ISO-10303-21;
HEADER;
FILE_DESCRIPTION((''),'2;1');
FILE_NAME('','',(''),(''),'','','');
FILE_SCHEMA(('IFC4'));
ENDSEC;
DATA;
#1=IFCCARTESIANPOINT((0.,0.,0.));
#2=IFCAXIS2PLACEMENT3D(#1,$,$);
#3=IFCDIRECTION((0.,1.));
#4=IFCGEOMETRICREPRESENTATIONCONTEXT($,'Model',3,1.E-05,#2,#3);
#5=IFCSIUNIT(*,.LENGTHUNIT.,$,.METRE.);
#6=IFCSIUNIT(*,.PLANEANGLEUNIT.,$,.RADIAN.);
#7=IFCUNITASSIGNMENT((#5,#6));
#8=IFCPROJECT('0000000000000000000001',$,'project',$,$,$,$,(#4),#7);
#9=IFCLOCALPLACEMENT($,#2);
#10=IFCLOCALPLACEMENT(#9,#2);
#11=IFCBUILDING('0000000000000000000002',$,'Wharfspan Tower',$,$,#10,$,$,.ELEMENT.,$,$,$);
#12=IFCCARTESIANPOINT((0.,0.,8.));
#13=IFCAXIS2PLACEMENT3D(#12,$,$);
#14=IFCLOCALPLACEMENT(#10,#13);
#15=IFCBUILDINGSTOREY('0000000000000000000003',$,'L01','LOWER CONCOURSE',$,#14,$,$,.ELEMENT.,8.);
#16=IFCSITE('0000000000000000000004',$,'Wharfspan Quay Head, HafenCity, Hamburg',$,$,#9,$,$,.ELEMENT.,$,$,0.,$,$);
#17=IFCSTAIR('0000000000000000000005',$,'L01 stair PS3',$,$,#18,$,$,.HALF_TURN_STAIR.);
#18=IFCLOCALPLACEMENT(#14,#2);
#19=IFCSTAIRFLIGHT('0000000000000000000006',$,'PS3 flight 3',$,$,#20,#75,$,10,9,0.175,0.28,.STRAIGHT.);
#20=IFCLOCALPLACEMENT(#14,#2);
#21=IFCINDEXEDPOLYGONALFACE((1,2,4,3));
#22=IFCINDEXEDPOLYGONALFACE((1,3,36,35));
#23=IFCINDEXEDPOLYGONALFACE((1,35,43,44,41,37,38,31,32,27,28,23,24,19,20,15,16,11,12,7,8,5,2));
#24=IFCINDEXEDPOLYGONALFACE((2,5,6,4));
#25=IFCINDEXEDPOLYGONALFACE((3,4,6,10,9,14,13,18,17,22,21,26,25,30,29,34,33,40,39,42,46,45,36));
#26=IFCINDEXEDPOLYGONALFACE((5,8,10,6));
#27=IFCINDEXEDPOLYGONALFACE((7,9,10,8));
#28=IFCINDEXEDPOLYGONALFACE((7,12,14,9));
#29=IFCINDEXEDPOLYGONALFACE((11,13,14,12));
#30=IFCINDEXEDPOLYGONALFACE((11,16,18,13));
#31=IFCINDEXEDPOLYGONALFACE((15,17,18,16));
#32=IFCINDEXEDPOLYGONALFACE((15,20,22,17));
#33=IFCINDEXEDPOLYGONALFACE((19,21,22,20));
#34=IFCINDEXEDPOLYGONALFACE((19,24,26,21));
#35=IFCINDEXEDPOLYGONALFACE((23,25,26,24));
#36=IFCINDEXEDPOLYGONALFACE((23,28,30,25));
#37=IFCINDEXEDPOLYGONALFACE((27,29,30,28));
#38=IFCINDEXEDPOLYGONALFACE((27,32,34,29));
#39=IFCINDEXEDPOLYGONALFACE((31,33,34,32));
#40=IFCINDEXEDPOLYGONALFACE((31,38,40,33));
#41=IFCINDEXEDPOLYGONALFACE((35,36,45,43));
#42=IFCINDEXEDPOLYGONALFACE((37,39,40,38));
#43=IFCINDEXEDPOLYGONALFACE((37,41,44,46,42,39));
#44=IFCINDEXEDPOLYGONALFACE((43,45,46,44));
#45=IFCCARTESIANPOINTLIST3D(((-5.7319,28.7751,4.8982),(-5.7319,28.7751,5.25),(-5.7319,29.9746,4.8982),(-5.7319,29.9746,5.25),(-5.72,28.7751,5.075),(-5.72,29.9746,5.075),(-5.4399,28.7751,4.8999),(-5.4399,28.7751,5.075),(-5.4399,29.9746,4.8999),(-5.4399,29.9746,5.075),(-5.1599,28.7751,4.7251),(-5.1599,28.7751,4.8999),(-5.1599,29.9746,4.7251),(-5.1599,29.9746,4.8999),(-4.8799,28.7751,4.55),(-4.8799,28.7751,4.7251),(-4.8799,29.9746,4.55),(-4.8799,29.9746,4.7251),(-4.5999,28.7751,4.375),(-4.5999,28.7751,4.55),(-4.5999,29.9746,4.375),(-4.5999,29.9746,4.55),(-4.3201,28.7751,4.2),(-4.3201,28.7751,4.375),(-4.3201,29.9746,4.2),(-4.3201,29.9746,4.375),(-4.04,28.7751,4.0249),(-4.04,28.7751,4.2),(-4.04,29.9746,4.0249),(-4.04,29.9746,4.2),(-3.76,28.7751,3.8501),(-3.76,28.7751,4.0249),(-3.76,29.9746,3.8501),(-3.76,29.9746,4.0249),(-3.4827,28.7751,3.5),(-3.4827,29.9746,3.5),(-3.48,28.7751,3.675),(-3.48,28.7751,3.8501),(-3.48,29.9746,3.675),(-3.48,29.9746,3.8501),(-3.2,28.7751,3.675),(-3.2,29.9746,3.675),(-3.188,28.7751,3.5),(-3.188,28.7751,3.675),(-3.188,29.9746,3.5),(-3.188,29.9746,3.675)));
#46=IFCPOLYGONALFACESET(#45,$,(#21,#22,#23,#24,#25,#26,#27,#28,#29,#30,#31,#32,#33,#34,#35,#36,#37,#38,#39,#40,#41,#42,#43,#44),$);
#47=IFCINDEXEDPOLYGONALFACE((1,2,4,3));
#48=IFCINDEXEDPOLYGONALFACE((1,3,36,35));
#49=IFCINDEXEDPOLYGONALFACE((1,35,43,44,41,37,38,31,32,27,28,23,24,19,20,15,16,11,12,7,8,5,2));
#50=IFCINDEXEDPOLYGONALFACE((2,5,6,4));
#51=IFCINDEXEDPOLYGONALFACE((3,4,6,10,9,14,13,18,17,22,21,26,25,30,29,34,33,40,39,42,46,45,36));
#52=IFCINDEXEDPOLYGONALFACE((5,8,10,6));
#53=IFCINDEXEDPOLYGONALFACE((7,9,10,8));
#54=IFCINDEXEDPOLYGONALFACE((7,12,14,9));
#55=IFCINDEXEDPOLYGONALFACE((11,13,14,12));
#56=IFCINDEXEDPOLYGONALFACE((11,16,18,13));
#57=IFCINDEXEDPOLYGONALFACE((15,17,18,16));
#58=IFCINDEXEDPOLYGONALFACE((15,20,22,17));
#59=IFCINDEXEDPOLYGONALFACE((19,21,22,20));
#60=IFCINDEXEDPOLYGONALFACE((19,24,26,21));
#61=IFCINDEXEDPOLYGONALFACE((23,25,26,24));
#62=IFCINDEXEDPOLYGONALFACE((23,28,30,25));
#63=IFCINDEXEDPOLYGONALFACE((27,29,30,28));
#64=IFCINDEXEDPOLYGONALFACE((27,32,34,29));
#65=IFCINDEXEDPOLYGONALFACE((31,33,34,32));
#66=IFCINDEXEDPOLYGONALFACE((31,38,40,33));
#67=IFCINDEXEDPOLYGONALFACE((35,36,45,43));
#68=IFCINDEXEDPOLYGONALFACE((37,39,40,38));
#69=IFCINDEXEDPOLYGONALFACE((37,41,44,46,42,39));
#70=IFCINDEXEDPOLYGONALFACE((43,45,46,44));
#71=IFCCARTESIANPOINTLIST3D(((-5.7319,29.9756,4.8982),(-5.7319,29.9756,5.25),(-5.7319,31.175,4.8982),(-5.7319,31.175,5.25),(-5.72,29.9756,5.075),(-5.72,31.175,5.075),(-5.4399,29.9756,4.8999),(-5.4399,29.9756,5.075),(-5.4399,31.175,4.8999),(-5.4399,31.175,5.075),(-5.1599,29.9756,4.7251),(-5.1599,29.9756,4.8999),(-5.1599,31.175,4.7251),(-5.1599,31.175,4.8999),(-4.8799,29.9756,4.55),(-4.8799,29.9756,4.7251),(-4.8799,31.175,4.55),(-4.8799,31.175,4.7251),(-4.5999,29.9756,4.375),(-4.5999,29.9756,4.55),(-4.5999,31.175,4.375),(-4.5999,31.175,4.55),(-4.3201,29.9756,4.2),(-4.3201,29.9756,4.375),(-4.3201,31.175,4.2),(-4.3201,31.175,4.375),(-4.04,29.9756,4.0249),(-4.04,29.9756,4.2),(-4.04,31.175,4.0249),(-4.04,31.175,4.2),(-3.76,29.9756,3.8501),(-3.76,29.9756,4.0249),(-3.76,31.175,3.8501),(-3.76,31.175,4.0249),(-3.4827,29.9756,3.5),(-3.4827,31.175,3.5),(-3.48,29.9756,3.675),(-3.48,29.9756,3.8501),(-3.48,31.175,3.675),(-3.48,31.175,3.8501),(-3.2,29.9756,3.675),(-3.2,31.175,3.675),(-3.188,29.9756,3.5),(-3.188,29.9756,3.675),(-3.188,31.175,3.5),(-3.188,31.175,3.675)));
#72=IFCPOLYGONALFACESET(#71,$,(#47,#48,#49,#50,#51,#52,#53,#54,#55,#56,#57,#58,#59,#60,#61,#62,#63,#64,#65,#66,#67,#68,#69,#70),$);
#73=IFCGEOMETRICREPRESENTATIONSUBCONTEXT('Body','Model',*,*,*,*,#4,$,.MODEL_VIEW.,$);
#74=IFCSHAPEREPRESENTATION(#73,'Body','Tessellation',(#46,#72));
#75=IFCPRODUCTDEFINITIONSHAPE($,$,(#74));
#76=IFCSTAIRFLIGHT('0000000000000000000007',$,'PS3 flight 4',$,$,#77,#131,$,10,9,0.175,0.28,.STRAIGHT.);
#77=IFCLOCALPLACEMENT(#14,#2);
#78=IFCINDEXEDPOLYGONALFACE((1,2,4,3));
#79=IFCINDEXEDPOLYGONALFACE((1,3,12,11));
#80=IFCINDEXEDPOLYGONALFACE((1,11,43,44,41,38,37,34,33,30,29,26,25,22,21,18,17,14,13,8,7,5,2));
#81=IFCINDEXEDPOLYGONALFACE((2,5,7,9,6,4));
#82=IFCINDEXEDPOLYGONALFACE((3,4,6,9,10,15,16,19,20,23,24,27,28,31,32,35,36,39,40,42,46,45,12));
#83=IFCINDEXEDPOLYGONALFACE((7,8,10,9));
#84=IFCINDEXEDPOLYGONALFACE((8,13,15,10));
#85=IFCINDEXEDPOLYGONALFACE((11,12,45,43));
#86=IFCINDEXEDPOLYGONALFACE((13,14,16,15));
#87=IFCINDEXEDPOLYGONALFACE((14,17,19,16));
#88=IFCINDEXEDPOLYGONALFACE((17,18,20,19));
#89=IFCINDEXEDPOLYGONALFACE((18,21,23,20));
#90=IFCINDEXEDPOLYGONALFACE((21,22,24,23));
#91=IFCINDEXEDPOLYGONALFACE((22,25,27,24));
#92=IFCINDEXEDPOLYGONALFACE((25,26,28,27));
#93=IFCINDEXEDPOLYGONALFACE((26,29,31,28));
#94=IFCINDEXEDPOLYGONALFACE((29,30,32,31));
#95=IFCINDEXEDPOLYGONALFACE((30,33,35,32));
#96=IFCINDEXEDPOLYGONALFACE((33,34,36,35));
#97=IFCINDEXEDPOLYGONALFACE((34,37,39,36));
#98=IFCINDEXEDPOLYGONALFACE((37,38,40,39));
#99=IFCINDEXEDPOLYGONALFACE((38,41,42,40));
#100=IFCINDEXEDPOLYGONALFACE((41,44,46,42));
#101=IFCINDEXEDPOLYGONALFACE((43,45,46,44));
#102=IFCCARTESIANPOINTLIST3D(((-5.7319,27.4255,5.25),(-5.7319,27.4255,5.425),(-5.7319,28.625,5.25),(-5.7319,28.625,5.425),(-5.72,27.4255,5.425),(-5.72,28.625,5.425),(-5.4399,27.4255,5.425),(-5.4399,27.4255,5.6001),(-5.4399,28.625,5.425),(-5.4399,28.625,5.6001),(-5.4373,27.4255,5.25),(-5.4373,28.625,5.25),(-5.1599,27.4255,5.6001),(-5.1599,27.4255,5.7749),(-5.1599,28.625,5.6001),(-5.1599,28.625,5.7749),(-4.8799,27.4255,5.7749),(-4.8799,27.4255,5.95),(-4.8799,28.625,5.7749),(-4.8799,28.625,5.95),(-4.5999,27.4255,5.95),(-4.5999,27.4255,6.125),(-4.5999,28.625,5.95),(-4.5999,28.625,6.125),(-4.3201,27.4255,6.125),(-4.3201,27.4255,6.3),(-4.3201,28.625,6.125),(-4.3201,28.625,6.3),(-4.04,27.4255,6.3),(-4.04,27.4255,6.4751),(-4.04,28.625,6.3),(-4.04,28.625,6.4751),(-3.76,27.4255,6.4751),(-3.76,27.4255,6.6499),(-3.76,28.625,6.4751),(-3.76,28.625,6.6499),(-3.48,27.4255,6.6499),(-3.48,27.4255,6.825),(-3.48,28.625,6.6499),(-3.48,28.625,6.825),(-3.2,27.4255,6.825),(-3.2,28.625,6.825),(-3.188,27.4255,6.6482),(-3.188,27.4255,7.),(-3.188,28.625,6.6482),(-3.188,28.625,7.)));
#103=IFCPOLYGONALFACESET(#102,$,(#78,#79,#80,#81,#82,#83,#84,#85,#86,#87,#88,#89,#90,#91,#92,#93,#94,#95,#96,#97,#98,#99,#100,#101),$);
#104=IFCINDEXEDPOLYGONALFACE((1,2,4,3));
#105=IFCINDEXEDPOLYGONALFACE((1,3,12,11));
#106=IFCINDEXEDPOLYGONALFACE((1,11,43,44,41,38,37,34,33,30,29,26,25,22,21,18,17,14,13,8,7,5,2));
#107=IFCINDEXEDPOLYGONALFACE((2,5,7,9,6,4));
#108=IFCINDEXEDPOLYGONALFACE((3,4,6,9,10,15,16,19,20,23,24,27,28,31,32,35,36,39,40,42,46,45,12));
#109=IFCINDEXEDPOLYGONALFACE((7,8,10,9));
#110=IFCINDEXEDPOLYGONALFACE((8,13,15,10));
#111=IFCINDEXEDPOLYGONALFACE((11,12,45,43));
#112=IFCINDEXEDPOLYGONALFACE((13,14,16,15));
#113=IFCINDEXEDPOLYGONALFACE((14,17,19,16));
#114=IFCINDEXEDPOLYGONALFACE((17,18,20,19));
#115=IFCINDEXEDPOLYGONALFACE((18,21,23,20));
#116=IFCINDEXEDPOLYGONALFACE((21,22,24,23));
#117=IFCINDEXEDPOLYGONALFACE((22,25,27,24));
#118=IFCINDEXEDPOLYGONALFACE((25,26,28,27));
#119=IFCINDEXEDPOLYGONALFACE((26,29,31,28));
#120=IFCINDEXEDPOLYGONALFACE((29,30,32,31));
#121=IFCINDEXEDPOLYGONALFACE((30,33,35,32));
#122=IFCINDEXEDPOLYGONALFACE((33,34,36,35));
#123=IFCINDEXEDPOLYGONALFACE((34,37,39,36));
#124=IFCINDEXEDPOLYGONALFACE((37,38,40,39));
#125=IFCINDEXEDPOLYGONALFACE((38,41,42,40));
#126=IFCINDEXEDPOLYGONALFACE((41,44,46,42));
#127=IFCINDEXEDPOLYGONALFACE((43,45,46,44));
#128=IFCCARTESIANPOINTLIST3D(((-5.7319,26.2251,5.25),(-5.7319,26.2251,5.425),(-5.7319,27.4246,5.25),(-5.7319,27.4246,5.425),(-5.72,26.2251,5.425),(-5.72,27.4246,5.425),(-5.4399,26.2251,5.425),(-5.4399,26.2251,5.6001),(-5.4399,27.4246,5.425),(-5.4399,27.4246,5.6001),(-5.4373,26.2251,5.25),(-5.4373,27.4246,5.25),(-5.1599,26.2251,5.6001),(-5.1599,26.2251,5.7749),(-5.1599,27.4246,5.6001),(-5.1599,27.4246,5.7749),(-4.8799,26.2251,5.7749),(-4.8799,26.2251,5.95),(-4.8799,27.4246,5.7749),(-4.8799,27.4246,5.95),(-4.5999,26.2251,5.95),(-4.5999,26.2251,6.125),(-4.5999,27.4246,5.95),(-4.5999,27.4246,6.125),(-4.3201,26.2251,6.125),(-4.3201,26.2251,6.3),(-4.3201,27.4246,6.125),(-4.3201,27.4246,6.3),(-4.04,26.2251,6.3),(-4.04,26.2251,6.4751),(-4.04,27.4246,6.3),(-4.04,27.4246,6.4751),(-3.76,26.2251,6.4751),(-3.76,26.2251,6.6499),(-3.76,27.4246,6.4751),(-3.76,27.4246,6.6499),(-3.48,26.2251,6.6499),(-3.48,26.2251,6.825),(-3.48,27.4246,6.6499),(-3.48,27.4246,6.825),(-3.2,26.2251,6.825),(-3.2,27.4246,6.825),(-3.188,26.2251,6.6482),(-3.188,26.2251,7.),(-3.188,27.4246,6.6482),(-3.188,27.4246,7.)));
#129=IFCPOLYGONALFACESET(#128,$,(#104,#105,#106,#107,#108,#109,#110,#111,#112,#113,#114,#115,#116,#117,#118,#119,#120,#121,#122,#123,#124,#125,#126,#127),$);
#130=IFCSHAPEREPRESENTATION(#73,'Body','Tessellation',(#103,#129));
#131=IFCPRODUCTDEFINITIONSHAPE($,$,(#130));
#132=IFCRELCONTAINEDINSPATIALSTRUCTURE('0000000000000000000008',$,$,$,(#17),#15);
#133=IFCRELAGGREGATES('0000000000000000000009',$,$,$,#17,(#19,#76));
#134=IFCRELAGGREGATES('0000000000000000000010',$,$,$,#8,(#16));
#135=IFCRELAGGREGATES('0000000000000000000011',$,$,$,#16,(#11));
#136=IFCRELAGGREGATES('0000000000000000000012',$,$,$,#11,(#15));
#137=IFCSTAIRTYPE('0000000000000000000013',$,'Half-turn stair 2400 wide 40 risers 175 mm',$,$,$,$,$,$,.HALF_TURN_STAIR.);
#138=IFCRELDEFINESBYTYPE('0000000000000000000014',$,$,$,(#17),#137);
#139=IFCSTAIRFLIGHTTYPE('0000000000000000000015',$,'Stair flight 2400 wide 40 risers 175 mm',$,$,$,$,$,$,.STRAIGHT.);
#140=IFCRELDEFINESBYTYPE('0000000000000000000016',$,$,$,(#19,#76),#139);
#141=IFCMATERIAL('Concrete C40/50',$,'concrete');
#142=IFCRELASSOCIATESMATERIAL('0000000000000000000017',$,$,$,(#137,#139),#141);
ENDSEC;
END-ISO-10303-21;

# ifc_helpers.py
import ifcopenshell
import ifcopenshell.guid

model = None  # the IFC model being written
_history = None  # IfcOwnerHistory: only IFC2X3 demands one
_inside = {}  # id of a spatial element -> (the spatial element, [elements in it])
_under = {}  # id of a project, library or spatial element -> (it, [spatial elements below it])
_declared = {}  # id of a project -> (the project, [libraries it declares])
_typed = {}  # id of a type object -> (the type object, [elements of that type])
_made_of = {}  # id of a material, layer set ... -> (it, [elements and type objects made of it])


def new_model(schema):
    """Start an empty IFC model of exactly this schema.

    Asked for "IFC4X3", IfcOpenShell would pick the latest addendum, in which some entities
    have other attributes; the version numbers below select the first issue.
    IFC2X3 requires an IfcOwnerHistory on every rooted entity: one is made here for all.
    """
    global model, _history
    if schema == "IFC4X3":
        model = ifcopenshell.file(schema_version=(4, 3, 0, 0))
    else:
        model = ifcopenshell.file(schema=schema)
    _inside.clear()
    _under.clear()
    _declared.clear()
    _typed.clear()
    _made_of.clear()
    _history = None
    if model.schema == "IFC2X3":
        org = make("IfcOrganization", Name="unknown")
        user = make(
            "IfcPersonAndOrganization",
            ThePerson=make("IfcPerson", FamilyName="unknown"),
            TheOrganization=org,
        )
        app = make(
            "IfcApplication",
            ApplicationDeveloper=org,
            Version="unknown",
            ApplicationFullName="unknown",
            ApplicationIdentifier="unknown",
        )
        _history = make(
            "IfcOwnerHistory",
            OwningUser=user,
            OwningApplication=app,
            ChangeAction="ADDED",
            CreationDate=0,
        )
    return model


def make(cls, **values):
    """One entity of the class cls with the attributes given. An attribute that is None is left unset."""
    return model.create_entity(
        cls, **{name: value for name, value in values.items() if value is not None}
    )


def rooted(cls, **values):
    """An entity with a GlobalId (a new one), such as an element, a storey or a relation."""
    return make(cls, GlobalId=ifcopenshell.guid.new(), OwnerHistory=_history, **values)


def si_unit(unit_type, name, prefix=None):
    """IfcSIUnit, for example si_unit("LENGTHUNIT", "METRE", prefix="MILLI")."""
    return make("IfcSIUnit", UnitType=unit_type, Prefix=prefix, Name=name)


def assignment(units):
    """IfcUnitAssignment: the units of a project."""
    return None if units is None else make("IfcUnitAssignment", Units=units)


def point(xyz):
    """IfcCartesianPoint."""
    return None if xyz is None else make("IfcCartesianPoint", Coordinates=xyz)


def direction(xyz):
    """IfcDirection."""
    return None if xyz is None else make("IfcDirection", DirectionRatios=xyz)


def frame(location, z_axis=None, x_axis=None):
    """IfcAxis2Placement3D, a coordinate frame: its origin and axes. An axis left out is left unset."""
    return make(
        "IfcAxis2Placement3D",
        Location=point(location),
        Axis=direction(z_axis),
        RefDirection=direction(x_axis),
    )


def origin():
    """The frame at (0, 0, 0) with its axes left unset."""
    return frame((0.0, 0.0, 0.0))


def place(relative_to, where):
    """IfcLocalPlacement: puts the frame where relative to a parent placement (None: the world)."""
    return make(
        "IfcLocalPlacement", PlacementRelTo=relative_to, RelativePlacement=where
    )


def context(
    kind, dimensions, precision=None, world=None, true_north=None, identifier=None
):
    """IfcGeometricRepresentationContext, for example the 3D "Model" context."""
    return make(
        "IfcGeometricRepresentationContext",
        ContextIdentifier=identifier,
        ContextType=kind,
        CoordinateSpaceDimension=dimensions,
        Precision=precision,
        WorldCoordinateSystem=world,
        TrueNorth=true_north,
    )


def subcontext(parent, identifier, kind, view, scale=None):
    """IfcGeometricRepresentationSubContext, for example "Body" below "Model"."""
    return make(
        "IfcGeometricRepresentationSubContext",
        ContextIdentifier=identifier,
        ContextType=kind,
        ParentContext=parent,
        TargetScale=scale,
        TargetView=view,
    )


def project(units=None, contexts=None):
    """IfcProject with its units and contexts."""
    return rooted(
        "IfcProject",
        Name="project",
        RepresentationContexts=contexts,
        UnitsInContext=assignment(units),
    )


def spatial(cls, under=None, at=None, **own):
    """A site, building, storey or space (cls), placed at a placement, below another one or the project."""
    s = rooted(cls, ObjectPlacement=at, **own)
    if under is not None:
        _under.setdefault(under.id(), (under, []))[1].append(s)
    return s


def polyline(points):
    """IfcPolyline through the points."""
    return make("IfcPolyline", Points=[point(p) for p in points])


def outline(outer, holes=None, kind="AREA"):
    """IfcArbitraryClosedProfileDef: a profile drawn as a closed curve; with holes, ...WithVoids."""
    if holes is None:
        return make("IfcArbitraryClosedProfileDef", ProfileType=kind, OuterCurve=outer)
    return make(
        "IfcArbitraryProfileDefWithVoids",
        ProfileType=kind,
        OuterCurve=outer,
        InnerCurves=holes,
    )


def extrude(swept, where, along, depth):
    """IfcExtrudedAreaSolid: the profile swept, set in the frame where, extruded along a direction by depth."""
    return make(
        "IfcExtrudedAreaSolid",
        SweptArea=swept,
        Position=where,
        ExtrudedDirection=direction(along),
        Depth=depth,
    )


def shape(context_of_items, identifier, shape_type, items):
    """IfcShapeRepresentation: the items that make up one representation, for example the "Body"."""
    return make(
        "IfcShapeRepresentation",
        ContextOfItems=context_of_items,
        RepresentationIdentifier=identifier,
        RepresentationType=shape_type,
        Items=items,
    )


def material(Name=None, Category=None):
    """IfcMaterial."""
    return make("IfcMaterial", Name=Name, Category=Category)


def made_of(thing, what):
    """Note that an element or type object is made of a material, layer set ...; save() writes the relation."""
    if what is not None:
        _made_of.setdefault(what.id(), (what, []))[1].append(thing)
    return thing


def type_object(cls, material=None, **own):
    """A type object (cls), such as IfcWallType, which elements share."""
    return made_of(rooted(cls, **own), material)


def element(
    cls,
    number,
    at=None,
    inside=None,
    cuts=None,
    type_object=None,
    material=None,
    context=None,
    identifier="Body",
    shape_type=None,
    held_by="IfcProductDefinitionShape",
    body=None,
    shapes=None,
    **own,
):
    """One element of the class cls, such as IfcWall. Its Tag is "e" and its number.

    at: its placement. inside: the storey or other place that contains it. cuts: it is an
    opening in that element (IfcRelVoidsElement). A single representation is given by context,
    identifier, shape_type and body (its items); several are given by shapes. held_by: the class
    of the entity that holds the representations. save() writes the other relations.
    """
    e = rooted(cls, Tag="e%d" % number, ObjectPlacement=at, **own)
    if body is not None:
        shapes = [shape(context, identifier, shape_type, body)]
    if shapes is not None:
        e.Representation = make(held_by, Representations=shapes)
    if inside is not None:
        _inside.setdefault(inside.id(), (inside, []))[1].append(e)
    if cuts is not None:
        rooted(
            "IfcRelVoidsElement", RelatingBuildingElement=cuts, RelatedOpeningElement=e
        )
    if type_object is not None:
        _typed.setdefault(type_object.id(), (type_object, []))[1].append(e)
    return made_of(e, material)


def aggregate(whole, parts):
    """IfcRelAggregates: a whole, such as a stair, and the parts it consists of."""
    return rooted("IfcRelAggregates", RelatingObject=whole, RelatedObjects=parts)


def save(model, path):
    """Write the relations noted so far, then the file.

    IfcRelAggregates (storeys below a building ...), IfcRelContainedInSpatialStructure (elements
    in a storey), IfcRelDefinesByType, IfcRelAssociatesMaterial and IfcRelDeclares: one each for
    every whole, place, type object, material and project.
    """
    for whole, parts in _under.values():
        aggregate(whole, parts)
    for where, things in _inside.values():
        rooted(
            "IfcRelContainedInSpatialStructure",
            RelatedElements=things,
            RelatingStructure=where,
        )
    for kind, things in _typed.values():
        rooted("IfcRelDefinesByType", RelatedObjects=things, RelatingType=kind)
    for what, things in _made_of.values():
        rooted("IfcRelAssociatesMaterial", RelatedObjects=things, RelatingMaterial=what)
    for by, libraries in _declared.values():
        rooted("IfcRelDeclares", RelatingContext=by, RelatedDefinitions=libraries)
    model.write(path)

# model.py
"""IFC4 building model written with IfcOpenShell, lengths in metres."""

from ifc_helpers import new_model, si_unit, direction, frame, origin, place, context, subcontext, project, spatial, polyline, outline, extrude, material, type_object, element, aggregate, save


model = new_model("IFC4")

# Units and contexts
model_context = context("Model", 3, precision=1e-05, world=origin(), true_north=direction((0.0, 1.0)))
body_context = subcontext(model_context, "Body", "Model", "MODEL_VIEW")
ifc_project = project(units=[si_unit("LENGTHUNIT", "METRE"), si_unit("PLANEANGLEUNIT", "RADIAN")], contexts=[model_context])

# Site, building, storey
site_placement = place(None, origin())
site = spatial("IfcSite", under=ifc_project, at=site_placement, Name="Wharfspan Quay Head, HafenCity, Hamburg", CompositionType="ELEMENT", RefElevation=0.0)
building_placement = place(site_placement, origin())
building = spatial("IfcBuilding", under=site, at=building_placement, Name="Wharfspan Tower", CompositionType="ELEMENT")
storey_placement = place(building_placement, frame((0.0, 0.0, 8.0)))
storey = spatial("IfcBuildingStorey", under=building, at=storey_placement, Name="L01", Description="LOWER CONCOURSE", CompositionType="ELEMENT", Elevation=8.0)

# Shared definitions
ifc_material_1 = material(Name="Concrete C40/50", Category="concrete")

# Stair, stair flights
stair_type = type_object("IfcStairType", Name="Half-turn stair 2400 wide 40 risers 175 mm", PredefinedType="HALF_TURN_STAIR", material=ifc_material_1)
stair_placement = place(storey_placement, origin())
stair = element("IfcStair", 1, at=stair_placement, inside=storey, type_object=stair_type, Name="L01 stair PS3", PredefinedType="HALF_TURN_STAIR")
stair_flight_type = type_object("IfcStairFlightType", Name="Stair flight 2400 wide 40 risers 175 mm", PredefinedType="STRAIGHT", material=ifc_material_1)
stair_flight_1_placement = place(storey_placement, frame((-3.2, 29.9751, 3.5), z_axis=(0.0, 0.0, 1.0), x_axis=(-1.0, 0.0, 0.0)))
stair_flight_1 = element("IfcStairFlight", 2, at=stair_flight_1_placement, type_object=stair_flight_type, Name="PS3 flight 3", NumberOfRisers=10, NumberOfTreads=9, PredefinedType="STRAIGHT", RiserHeight=0.175, TreadLength=0.28, context=body_context, shape_type="SweptSolid", body=[
    extrude(outline(polyline([(-0.012, 0.0), (-0.012, 0.175), (0.0, 0.175), (0.28, 0.175), (0.28, 0.3501), (0.5601, 0.3501), (0.5601, 0.5249), (0.8401, 0.5249), (0.8401, 0.7), (1.1201, 0.7), (1.1201, 0.875), (1.3999, 0.875), (1.3999, 1.05), (1.6799, 1.05), (1.6799, 1.2251), (1.96, 1.2251), (1.96, 1.3999), (2.24, 1.3999), (2.24, 1.575), (2.52, 1.575), (2.532, 1.75), (2.532, 1.3982), (0.2827, 0.0), (-0.012, 0.0)])), frame((0.0, 1.2, 0.0), z_axis=(0.0, -1.0, 0.0), x_axis=(1.0, 0.0, 0.0)), (0.0, 0.0, 1.0), 1.1995),
    extrude(outline(polyline([(-0.012, 0.0), (-0.012, 0.175), (0.0, 0.175), (0.28, 0.175), (0.28, 0.3501), (0.5601, 0.3501), (0.5601, 0.5249), (0.8401, 0.5249), (0.8401, 0.7), (1.1201, 0.7), (1.1201, 0.875), (1.3999, 0.875), (1.3999, 1.05), (1.6799, 1.05), (1.6799, 1.2251), (1.96, 1.2251), (1.96, 1.3999), (2.24, 1.3999), (2.24, 1.575), (2.52, 1.575), (2.532, 1.75), (2.532, 1.3982), (0.2827, 0.0), (-0.012, 0.0)])), frame((0.0, -0.0005, 0.0), z_axis=(0.0, -1.0, 0.0), x_axis=(1.0, 0.0, 0.0)), (0.0, 0.0, 1.0), 1.1995),
])
stair_flight_2_placement = place(storey_placement, frame((-5.72, 27.425, 5.25), z_axis=(0.0, 0.0, 1.0), x_axis=(1.0, 0.0, 0.0)))
stair_flight_2 = element("IfcStairFlight", 3, at=stair_flight_2_placement, type_object=stair_flight_type, Name="PS3 flight 4", NumberOfRisers=10, NumberOfTreads=9, PredefinedType="STRAIGHT", RiserHeight=0.175, TreadLength=0.28, context=body_context, shape_type="SweptSolid", body=[
    extrude(outline(polyline([(-0.012, 0.0), (-0.012, 0.175), (0.0, 0.175), (0.28, 0.175), (0.28, 0.3501), (0.5601, 0.3501), (0.5601, 0.5249), (0.8401, 0.5249), (0.8401, 0.7), (1.1201, 0.7), (1.1201, 0.875), (1.3999, 0.875), (1.3999, 1.05), (1.6799, 1.05), (1.6799, 1.2251), (1.96, 1.2251), (1.96, 1.3999), (2.24, 1.3999), (2.24, 1.575), (2.52, 1.575), (2.532, 1.75), (2.532, 1.3982), (0.2827, 0.0), (-0.012, 0.0)])), frame((0.0, 1.2, 0.0), z_axis=(0.0, -1.0, 0.0), x_axis=(1.0, 0.0, 0.0)), (0.0, 0.0, 1.0), 1.1995),
    extrude(outline(polyline([(-0.012, 0.0), (-0.012, 0.175), (0.0, 0.175), (0.28, 0.175), (0.28, 0.3501), (0.5601, 0.3501), (0.5601, 0.5249), (0.8401, 0.5249), (0.8401, 0.7), (1.1201, 0.7), (1.1201, 0.875), (1.3999, 0.875), (1.3999, 1.05), (1.6799, 1.05), (1.6799, 1.2251), (1.96, 1.2251), (1.96, 1.3999), (2.24, 1.3999), (2.24, 1.575), (2.52, 1.575), (2.532, 1.75), (2.532, 1.3982), (0.2827, 0.0), (-0.012, 0.0)])), frame((0.0, -0.0005, 0.0), z_axis=(0.0, -1.0, 0.0), x_axis=(1.0, 0.0, 0.0)), (0.0, 0.0, 1.0), 1.1995),
])
aggregate(stair, [stair_flight_1, stair_flight_2])

save(model, "model.ifc")
